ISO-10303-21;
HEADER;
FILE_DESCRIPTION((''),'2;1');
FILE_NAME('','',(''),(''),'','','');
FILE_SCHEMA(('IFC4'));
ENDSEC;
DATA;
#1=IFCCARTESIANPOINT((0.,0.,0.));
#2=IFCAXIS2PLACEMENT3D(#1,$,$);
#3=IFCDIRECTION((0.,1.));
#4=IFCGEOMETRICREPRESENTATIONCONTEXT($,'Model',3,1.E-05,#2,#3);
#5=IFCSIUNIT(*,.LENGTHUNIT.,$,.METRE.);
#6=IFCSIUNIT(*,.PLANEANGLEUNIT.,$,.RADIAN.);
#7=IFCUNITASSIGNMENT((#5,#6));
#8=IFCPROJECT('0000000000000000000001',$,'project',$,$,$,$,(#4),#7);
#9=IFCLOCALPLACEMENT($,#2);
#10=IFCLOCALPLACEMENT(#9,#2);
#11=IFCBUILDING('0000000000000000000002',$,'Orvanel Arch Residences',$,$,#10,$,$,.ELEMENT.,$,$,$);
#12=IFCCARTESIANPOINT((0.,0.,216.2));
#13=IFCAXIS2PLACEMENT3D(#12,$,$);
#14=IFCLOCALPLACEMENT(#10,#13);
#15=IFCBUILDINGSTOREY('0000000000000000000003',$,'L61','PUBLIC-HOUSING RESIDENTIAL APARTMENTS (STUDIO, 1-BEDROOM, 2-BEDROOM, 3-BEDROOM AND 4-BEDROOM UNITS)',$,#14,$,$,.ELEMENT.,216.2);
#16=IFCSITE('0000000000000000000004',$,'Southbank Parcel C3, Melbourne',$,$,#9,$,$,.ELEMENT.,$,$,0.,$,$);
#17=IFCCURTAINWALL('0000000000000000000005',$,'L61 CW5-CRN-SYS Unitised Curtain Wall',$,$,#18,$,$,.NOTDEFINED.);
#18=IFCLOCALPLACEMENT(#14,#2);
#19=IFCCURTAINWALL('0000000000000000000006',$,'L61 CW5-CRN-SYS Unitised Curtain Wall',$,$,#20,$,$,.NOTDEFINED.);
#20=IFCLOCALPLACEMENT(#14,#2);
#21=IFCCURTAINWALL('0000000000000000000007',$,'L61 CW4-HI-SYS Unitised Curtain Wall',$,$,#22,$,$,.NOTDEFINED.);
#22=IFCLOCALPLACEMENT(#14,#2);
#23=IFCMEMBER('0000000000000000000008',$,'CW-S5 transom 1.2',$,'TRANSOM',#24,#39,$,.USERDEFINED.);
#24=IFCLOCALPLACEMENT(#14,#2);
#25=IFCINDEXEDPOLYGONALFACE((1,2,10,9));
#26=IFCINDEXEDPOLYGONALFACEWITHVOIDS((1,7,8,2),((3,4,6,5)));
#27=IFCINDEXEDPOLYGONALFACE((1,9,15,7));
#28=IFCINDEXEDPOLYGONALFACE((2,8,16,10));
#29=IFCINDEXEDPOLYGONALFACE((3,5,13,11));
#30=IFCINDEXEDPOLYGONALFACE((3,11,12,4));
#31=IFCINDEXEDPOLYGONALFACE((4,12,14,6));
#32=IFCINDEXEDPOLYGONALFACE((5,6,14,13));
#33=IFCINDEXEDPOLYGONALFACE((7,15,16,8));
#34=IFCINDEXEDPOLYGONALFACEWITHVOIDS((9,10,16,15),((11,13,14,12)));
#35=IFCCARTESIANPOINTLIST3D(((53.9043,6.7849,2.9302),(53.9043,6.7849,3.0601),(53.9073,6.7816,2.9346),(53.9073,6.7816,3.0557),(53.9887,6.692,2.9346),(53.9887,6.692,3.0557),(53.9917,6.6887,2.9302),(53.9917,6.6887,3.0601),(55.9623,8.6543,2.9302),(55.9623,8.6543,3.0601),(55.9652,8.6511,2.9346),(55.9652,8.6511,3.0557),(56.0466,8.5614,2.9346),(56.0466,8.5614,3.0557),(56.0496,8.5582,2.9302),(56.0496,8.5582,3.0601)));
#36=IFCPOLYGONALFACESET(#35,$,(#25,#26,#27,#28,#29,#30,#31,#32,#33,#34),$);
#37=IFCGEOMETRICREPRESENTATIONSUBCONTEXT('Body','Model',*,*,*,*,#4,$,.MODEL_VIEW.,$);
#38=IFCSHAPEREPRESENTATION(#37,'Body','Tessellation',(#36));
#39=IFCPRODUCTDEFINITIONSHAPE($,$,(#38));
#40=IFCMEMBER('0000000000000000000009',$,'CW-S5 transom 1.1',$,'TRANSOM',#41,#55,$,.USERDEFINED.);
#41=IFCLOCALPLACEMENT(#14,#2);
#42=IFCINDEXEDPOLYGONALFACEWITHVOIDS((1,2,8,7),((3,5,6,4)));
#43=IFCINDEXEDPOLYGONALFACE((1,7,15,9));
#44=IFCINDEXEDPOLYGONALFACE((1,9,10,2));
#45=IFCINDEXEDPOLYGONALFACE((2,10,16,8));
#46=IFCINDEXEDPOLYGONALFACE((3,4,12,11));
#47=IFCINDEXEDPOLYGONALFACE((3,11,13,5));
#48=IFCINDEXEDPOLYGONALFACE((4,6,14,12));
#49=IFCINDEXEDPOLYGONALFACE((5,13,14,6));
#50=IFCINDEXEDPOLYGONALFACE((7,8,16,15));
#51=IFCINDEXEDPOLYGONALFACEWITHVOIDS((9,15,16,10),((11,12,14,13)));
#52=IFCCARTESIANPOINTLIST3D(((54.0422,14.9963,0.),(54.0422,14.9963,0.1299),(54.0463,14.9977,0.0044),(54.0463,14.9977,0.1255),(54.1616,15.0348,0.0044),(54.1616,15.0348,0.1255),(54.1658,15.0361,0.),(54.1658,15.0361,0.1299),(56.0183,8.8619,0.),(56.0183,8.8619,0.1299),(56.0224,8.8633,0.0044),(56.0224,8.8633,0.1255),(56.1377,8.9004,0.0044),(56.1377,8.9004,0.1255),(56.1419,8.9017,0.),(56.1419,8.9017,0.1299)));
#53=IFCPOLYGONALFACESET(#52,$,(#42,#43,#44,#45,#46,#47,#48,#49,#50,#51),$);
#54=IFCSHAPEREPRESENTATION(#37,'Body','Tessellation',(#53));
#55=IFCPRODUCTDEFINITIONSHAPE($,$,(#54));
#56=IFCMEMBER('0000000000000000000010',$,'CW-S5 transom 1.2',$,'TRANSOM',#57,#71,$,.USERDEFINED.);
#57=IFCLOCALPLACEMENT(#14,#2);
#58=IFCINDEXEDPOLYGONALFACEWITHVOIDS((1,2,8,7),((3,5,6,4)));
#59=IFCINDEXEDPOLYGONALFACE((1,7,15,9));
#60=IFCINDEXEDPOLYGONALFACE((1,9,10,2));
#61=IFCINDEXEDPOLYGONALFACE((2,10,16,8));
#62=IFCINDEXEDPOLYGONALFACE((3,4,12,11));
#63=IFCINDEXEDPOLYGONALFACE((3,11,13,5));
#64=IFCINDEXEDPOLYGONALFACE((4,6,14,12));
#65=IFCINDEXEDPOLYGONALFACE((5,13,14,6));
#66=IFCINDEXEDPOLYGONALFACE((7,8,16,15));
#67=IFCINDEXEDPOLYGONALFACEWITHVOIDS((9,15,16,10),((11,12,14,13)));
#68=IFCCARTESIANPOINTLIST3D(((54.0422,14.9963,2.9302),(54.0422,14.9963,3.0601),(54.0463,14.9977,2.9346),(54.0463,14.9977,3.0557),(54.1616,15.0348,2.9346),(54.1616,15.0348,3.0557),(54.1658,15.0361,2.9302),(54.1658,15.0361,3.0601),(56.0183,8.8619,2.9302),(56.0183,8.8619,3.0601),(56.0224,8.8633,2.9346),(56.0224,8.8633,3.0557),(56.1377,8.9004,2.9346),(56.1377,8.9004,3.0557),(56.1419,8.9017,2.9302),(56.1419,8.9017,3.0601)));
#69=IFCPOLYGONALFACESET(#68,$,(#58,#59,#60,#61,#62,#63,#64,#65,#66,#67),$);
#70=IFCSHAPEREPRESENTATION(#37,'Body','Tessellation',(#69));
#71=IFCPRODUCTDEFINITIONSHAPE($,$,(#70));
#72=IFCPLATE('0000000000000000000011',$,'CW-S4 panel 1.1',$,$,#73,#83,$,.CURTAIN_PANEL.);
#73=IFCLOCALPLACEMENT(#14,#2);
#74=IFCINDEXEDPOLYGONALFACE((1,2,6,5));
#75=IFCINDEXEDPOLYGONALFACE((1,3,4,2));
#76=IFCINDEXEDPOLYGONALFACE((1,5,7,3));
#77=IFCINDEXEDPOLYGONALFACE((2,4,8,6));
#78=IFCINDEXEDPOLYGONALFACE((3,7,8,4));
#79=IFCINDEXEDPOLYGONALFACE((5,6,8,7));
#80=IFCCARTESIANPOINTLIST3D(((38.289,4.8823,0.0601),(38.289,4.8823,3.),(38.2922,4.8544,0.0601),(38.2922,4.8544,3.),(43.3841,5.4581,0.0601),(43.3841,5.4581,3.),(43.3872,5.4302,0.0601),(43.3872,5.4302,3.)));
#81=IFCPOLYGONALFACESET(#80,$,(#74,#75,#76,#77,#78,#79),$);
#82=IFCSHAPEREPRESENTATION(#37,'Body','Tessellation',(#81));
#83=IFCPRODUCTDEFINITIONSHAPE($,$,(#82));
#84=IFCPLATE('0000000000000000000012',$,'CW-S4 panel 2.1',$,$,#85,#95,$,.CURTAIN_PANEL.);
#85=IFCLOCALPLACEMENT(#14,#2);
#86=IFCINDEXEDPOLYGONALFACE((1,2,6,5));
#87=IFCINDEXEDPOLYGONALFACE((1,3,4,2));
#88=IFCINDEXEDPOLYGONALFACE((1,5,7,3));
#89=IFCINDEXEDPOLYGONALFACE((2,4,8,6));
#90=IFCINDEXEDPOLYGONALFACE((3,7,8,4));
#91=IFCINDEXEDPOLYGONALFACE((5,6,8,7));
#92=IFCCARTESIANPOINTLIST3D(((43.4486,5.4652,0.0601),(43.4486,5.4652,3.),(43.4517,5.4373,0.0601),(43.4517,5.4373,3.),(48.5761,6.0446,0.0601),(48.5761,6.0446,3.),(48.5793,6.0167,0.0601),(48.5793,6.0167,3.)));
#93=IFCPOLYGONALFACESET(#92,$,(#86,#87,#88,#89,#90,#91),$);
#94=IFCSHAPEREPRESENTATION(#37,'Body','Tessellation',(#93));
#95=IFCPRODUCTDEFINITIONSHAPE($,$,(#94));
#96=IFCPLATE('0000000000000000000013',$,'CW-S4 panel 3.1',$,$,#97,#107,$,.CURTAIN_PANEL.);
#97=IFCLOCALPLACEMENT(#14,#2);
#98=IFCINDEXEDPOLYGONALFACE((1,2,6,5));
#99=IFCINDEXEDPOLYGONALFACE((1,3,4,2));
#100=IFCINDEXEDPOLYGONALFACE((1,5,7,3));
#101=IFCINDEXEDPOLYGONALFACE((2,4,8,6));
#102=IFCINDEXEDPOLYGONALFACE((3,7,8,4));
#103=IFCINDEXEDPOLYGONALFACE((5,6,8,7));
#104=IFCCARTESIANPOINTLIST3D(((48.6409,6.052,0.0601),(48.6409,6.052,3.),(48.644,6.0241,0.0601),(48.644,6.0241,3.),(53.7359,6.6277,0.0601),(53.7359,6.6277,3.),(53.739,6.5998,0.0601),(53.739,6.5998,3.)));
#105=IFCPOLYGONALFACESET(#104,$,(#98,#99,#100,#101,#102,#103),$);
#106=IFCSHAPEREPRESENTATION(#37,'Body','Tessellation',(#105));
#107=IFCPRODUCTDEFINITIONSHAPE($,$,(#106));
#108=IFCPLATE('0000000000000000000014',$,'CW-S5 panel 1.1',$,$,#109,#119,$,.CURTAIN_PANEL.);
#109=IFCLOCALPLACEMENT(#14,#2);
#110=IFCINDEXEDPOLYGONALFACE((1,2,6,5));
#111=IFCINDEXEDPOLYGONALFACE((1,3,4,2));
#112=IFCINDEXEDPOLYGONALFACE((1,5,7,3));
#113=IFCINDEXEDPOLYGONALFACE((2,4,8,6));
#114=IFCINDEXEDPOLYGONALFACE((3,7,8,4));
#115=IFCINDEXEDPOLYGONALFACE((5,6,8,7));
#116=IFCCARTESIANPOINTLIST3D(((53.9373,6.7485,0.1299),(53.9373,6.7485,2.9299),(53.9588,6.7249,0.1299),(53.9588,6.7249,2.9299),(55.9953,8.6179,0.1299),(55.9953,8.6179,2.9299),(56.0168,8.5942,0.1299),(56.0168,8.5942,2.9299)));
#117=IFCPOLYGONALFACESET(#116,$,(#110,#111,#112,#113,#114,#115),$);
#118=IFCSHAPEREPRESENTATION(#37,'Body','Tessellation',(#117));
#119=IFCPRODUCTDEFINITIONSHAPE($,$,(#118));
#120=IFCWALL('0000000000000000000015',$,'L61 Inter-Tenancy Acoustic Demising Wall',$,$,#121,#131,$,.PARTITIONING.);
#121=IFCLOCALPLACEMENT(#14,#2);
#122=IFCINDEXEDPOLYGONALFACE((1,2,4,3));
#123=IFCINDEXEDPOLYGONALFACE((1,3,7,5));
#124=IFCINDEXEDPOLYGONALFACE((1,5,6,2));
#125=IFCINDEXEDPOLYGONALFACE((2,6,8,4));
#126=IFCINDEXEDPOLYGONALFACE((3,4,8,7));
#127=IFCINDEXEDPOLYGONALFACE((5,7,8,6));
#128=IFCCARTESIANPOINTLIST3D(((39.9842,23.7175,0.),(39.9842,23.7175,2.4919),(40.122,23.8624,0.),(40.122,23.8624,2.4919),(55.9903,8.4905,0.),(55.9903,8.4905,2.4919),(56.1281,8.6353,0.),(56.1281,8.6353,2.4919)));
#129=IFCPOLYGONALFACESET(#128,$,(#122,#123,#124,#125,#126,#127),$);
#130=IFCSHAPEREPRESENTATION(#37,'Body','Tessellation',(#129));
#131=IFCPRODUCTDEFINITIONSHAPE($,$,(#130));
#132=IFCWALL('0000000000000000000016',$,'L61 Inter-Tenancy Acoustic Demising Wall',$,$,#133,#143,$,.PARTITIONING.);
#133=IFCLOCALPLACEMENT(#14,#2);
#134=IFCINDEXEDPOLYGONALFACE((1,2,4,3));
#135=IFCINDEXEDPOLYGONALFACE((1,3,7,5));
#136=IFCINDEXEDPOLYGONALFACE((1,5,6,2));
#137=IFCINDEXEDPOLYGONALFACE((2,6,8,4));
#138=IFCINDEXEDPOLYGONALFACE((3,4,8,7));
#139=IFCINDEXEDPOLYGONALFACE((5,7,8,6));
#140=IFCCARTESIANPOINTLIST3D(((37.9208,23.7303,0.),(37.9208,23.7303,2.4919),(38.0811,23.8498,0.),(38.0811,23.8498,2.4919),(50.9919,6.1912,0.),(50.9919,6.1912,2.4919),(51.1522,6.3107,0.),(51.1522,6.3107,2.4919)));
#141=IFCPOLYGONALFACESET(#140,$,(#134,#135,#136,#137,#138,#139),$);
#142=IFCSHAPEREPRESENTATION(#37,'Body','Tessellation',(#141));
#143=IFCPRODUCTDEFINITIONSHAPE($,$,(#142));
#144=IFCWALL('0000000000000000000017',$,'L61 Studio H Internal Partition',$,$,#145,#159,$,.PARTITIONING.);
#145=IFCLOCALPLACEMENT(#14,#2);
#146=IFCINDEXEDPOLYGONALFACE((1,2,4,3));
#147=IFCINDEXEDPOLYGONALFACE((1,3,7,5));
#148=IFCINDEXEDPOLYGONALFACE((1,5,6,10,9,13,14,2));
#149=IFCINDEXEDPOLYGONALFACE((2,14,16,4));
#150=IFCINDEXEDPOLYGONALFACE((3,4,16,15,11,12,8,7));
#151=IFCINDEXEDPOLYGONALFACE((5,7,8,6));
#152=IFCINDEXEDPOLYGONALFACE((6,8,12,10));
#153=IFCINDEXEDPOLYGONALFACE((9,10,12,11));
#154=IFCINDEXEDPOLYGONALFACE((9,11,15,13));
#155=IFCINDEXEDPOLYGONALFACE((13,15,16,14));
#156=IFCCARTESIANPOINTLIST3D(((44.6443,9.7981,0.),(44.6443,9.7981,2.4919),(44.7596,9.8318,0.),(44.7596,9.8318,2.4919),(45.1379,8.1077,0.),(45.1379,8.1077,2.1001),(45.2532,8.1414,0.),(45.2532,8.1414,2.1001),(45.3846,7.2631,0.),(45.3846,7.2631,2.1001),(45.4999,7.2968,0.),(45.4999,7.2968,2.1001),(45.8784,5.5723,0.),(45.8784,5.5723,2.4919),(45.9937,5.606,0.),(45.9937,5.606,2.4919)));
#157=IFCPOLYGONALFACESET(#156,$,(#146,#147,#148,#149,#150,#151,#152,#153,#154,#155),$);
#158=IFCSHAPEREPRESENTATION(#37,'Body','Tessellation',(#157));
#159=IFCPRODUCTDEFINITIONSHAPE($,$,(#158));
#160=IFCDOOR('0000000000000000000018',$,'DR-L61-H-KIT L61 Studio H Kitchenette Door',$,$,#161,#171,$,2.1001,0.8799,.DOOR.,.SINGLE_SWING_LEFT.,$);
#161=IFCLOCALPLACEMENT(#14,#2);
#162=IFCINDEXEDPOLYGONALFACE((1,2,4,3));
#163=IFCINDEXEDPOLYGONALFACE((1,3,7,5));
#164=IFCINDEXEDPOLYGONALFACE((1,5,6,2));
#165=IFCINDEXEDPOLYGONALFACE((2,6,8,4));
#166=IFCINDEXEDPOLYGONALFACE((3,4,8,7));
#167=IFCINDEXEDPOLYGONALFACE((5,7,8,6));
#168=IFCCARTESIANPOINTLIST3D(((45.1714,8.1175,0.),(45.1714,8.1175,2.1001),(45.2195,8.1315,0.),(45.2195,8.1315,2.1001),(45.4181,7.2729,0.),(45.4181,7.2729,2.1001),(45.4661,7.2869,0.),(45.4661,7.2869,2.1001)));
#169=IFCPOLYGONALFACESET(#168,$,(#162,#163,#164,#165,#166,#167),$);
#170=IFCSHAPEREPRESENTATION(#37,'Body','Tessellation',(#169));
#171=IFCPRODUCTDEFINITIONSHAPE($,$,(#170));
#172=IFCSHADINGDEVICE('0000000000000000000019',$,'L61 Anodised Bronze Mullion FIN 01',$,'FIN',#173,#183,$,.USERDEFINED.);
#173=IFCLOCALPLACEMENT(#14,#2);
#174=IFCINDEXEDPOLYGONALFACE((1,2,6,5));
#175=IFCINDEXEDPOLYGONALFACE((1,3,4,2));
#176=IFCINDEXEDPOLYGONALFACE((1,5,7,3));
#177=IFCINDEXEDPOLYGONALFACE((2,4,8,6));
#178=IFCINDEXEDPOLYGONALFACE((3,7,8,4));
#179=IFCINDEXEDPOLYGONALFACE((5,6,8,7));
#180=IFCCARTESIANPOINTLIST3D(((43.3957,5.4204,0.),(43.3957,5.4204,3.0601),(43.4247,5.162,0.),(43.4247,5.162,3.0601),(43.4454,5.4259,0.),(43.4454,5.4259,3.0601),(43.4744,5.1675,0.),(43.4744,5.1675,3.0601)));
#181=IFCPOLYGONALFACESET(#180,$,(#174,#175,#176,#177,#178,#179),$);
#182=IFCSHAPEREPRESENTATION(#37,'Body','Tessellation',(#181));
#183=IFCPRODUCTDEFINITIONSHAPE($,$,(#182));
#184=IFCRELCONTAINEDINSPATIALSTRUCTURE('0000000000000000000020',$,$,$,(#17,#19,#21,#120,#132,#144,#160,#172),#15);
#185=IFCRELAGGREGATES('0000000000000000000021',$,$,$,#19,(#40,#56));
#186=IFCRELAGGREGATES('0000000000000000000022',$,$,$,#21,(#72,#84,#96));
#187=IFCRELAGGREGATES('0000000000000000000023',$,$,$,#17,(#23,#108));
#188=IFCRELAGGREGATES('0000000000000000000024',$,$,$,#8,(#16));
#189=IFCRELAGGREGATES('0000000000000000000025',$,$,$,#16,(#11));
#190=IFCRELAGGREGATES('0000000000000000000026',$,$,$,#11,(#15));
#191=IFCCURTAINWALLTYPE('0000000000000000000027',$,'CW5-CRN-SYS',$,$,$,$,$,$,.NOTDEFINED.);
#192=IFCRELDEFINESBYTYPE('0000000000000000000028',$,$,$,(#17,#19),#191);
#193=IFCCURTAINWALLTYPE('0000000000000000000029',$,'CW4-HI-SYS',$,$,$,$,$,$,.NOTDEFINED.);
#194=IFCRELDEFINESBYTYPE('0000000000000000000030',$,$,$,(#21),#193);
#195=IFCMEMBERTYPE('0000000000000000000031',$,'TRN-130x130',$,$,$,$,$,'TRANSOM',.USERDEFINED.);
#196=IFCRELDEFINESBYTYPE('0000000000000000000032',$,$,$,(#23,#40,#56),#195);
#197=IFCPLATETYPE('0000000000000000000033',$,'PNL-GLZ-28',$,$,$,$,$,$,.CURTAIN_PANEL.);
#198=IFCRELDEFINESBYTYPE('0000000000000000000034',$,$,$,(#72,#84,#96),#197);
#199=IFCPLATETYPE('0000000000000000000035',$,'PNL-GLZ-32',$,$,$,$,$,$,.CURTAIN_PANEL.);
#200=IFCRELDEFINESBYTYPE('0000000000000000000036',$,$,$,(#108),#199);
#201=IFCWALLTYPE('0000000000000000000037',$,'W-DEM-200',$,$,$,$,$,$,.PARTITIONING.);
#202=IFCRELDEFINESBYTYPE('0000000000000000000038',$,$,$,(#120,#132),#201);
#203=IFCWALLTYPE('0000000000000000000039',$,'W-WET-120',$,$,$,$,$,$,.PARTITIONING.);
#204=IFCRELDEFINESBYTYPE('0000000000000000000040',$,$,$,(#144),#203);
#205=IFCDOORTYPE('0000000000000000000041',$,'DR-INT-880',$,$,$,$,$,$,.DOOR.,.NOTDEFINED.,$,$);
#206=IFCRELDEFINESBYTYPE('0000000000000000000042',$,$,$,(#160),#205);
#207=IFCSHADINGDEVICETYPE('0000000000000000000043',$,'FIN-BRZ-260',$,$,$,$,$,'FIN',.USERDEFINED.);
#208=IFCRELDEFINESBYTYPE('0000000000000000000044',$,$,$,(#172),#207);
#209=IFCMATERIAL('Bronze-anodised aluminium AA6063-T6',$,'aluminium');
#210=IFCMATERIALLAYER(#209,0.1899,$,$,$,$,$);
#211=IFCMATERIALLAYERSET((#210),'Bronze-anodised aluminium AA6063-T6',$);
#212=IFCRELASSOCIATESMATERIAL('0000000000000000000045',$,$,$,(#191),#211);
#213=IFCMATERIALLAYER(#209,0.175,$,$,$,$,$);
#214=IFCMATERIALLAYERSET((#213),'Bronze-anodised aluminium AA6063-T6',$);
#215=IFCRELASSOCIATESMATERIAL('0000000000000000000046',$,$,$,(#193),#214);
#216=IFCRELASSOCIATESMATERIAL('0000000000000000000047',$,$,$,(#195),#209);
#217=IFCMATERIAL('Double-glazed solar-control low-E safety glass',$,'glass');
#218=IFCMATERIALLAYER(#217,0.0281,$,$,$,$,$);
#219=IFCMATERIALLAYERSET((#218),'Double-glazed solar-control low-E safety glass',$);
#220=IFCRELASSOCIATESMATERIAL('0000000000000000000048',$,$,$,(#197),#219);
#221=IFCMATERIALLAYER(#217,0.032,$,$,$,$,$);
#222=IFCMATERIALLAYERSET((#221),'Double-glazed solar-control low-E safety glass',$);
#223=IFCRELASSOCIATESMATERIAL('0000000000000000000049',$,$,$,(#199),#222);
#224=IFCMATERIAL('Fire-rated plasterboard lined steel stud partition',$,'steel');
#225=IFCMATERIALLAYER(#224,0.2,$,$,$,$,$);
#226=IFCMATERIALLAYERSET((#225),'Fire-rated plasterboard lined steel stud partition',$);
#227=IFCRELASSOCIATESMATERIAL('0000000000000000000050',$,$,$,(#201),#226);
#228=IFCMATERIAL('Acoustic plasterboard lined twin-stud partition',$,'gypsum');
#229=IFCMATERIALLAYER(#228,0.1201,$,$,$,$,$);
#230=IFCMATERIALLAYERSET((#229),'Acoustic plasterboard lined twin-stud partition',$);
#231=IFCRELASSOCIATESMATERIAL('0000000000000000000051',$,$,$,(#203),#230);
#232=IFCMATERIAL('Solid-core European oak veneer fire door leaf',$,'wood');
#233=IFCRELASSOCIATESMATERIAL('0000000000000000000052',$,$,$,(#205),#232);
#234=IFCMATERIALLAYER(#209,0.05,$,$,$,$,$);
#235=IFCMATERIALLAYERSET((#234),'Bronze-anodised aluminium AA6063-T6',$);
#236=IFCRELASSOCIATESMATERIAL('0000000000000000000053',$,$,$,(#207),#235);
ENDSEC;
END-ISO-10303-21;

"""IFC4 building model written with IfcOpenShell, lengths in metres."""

from ifc_helpers import new_model, si_unit, direction, frame, frame_2d, origin, origin_2d, place, context, subcontext, project, spatial, rectangle, hollow_rectangle, extrude, material, layer, layer_set, material_profile, profile_set, type_object, element, fill, aggregate, save


model = new_model("IFC4")

# Units and contexts
model_context = context("Model", 3, precision=1e-05, world=origin(), true_north=direction((0.0, 1.0)))
body_context = subcontext(model_context, "Body", "Model", "MODEL_VIEW")
ifc_project = project(units=[si_unit("LENGTHUNIT", "METRE"), si_unit("PLANEANGLEUNIT", "RADIAN")], contexts=[model_context])

# Site, building, storey
site_placement = place(None, origin())
site = spatial("IfcSite", under=ifc_project, at=site_placement, Name="Southbank Parcel C3, Melbourne", CompositionType="ELEMENT", RefElevation=0.0)
building_placement = place(site_placement, origin())
building = spatial("IfcBuilding", under=site, at=building_placement, Name="Orvanel Arch Residences", CompositionType="ELEMENT")
storey_placement = place(building_placement, frame((0.0, 0.0, 216.2)))
storey = spatial("IfcBuildingStorey", under=building, at=storey_placement, Name="L61", Description="PUBLIC-HOUSING RESIDENTIAL APARTMENTS (STUDIO, 1-BEDROOM, 2-BEDROOM, 3-BEDROOM AND 4-BEDROOM UNITS)", CompositionType="ELEMENT", Elevation=216.2)

# Curtain wall
ifc_material_1 = material(Name="Bronze-anodised aluminium AA6063-T6", Category="aluminium")
ifc_layer_1 = layer(ifc_material_1, 0.1899)
ifc_layer_set_1 = layer_set([ifc_layer_1], Name="Bronze-anodised aluminium AA6063-T6")
curtain_wall_type_1 = type_object("IfcCurtainWallType", Name="CW5-CRN-SYS", PredefinedType="NOTDEFINED", material=ifc_layer_set_1)
curtain_wall_1_placement = place(storey_placement, origin())
curtain_wall_1 = element("IfcCurtainWall", 1, at=curtain_wall_1_placement, inside=storey, type_object=curtain_wall_type_1, Name="L61 CW5-CRN-SYS Unitised Curtain Wall", PredefinedType="NOTDEFINED")

# Curtain wall
curtain_wall_2_placement = place(storey_placement, origin())
curtain_wall_2 = element("IfcCurtainWall", 2, at=curtain_wall_2_placement, inside=storey, type_object=curtain_wall_type_1, Name="L61 CW5-CRN-SYS Unitised Curtain Wall", PredefinedType="NOTDEFINED")

# Curtain wall
ifc_layer_2 = layer(ifc_material_1, 0.175)
ifc_layer_set_2 = layer_set([ifc_layer_2], Name="Bronze-anodised aluminium AA6063-T6")
curtain_wall_type_2 = type_object("IfcCurtainWallType", Name="CW4-HI-SYS", PredefinedType="NOTDEFINED", material=ifc_layer_set_2)
curtain_wall_3_placement = place(storey_placement, origin())
curtain_wall_3 = element("IfcCurtainWall", 3, at=curtain_wall_3_placement, inside=storey, type_object=curtain_wall_type_2, Name="L61 CW4-HI-SYS Unitised Curtain Wall", PredefinedType="NOTDEFINED")

# Members
ifc_material_profile_1 = material_profile(ifc_material_1, hollow_rectangle(XDim=0.1299, YDim=0.1299, WallThickness=0.0044, at=origin_2d()), Name="ALU130x130x4.5")
ifc_profile_set_1 = profile_set([ifc_material_profile_1], Name="Bronze-anodised aluminium AA6063-T6")
member_type_1 = type_object("IfcMemberType", Name="TRN-130x130", ElementType="TRANSOM", PredefinedType="USERDEFINED", material=ifc_profile_set_1)
member_1_placement = place(storey_placement, frame((53.948, 6.7368, 2.9951), z_axis=(0.74019, 0.672397, 0.0), x_axis=(-0.672397, 0.74019, 0.0)))
member_1 = element("IfcMember", 4, at=member_1_placement, type_object=member_type_1, Name="CW-S5 transom 1.2", ObjectType="TRANSOM", PredefinedType="USERDEFINED", context=body_context, shape_type="SweptSolid", body=[
    extrude(hollow_rectangle(XDim=0.1299, YDim=0.1299, WallThickness=0.0044, at=origin_2d()), origin(), (0.0, 0.0, 1.0), 2.7803),
])
member_2_placement = place(storey_placement, frame((56.0801, 8.8818, 0.0649), z_axis=(-0.30662, 0.951832, 0.0), x_axis=(-0.951832, -0.30662, 0.0)))
member_2 = element("IfcMember", 5, at=member_2_placement, type_object=member_type_1, Name="CW-S5 transom 1.1", ObjectType="TRANSOM", PredefinedType="USERDEFINED", context=body_context, shape_type="SweptSolid", body=[
    extrude(hollow_rectangle(XDim=0.1299, YDim=0.1299, WallThickness=0.0044, at=origin_2d()), origin(), (0.0, 0.0, 1.0), 6.4448),
])
member_3_placement = place(storey_placement, frame((56.0801, 8.8818, 2.9951), z_axis=(-0.30662, 0.951832, 0.0), x_axis=(-0.951832, -0.30662, 0.0)))
member_3 = element("IfcMember", 6, at=member_3_placement, type_object=member_type_1, Name="CW-S5 transom 1.2", ObjectType="TRANSOM", PredefinedType="USERDEFINED", context=body_context, shape_type="SweptSolid", body=[
    extrude(hollow_rectangle(XDim=0.1299, YDim=0.1299, WallThickness=0.0044, at=origin_2d()), origin(), (0.0, 0.0, 1.0), 6.4448),
])
aggregate(curtain_wall_2, [member_2, member_3])

# Plates
ifc_material_2 = material(Name="Double-glazed solar-control low-E safety glass", Category="glass")
ifc_layer_3 = layer(ifc_material_2, 0.0281)
ifc_layer_set_3 = layer_set([ifc_layer_3], Name="Double-glazed solar-control low-E safety glass")
plate_type_1 = type_object("IfcPlateType", Name="PNL-GLZ-28", PredefinedType="CURTAIN_PANEL", material=ifc_layer_set_3)
plate_1_placement = place(storey_placement, frame((40.8381, 5.1562, 0.0601), z_axis=(0.0, 0.0, 1.0), x_axis=(0.993677, 0.11228, 0.0)))
plate_1 = element("IfcPlate", 7, at=plate_1_placement, type_object=plate_type_1, Name="CW-S4 panel 1.1", PredefinedType="CURTAIN_PANEL", context=body_context, shape_type="SweptSolid", body=[
    extrude(rectangle(XDim=5.1274, YDim=0.0281, at=origin_2d()), origin(), (0.0, 0.0, 1.0), 2.9399),
])
plate_2_placement = place(storey_placement, frame((46.0139, 5.741, 0.0601), z_axis=(0.0, 0.0, 1.0), x_axis=(0.993677, 0.11228, 0.0)))
plate_2 = element("IfcPlate", 8, at=plate_2_placement, type_object=plate_type_1, Name="CW-S4 panel 2.1", PredefinedType="CURTAIN_PANEL", context=body_context, shape_type="SweptSolid", body=[
    extrude(rectangle(XDim=5.1602, YDim=0.0281, at=origin_2d()), origin(), (0.0, 0.0, 1.0), 2.9399),
])
plate_3_placement = place(storey_placement, frame((51.1899, 6.3259, 0.0601), z_axis=(0.0, 0.0, 1.0), x_axis=(0.993677, 0.11228, 0.0)))
plate_3 = element("IfcPlate", 9, at=plate_3_placement, type_object=plate_type_1, Name="CW-S4 panel 3.1", PredefinedType="CURTAIN_PANEL", context=body_context, shape_type="SweptSolid", body=[
    extrude(rectangle(XDim=5.1274, YDim=0.0281, at=origin_2d()), origin(), (0.0, 0.0, 1.0), 2.9399),
])
aggregate(curtain_wall_3, [plate_1, plate_2, plate_3])
ifc_layer_4 = layer(ifc_material_2, 0.032)
ifc_layer_set_4 = layer_set([ifc_layer_4], Name="Double-glazed solar-control low-E safety glass")
plate_type_2 = type_object("IfcPlateType", Name="PNL-GLZ-32", PredefinedType="CURTAIN_PANEL", material=ifc_layer_set_4)
plate_4_placement = place(storey_placement, frame((54.9771, 7.6714, 0.1299), z_axis=(0.0, 0.0, 1.0), x_axis=(0.740219, 0.672366, 0.0)))
plate_4 = element("IfcPlate", 10, at=plate_4_placement, type_object=plate_type_2, Name="CW-S5 panel 1.1", PredefinedType="CURTAIN_PANEL", context=body_context, shape_type="SweptSolid", body=[
    extrude(rectangle(XDim=2.7803, YDim=0.032, at=origin_2d()), origin(), (0.0, 0.0, 1.0), 2.8),
])
aggregate(curtain_wall_1, [member_1, plate_4])

# Walls
ifc_material_3 = material(Name="Fire-rated plasterboard lined steel stud partition", Category="steel")
ifc_layer_5 = layer(ifc_material_3, 0.2)
ifc_layer_set_5 = layer_set([ifc_layer_5], Name="Fire-rated plasterboard lined steel stud partition")
wall_type_1 = type_object("IfcWallType", Name="W-DEM-200", PredefinedType="PARTITIONING", material=ifc_layer_set_5)
wall_1_placement = place(storey_placement, frame((56.0591, 8.563, 0.0), z_axis=(0.0, 0.0, 1.0), x_axis=(-0.724519, 0.689255, 0.0)))
element("IfcWall", 11, at=wall_1_placement, inside=storey, type_object=wall_type_1, Name="L61 Inter-Tenancy Acoustic Demising Wall", PredefinedType="PARTITIONING", context=body_context, shape_type="SweptSolid", body=[
    extrude(rectangle(XDim=22.092, YDim=0.2, at=frame_2d((11.0459, 0.0))), origin(), (0.0, 0.0, 1.0), 2.4919),
])
wall_2_placement = place(storey_placement, frame((51.072, 6.251, 0.0), z_axis=(0.0, 0.0, 1.0), x_axis=(-0.597561, 0.801823, 0.0)))
element("IfcWall", 12, at=wall_2_placement, inside=storey, type_object=wall_type_1, Name="L61 Inter-Tenancy Acoustic Demising Wall", PredefinedType="PARTITIONING", context=body_context, shape_type="SweptSolid", body=[
    extrude(rectangle(XDim=21.874, YDim=0.2, at=frame_2d((10.937, 0.0))), origin(), (0.0, 0.0, 1.0), 2.4919),
])

# Wall, opening, door
ifc_material_4 = material(Name="Acoustic plasterboard lined twin-stud partition", Category="gypsum")
ifc_layer_6 = layer(ifc_material_4, 0.1201)
ifc_layer_set_6 = layer_set([ifc_layer_6], Name="Acoustic plasterboard lined twin-stud partition")
wall_type_2 = type_object("IfcWallType", Name="W-WET-120", PredefinedType="PARTITIONING", material=ifc_layer_set_6)
wall_3_placement = place(storey_placement, frame((44.7019, 9.8149, 0.0), z_axis=(0.0, 0.0, 1.0), x_axis=(0.280334, -0.959902, 0.0)))
wall_3 = element("IfcWall", 13, at=wall_3_placement, inside=storey, type_object=wall_type_2, Name="L61 Studio H Internal Partition", PredefinedType="PARTITIONING", context=body_context, shape_type="SweptSolid", body=[
    extrude(rectangle(XDim=4.4023, YDim=0.1201, at=frame_2d((2.2012, 0.0))), origin(), (0.0, 0.0, 1.0), 2.4919),
])
opening_placement = place(wall_3_placement, frame((1.761, 0.0, 0.0)))
opening = element("IfcOpeningElement", 14, at=opening_placement, cuts=wall_3, PredefinedType="OPENING", context=body_context, shape_type="SweptSolid", body=[
    extrude(rectangle(XDim=0.8799, YDim=2.1001, at=frame_2d((0.4399, 1.05))), frame((0.0, 0.0701, 0.0), z_axis=(0.0, -1.0, 0.0), x_axis=(1.0, 0.0, 0.0)), (0.0, 0.0, 1.0), 0.1401),
])
ifc_material_5 = material(Name="Solid-core European oak veneer fire door leaf", Category="wood")
door_type = type_object("IfcDoorType", Name="DR-INT-880", OperationType="NOTDEFINED", PredefinedType="DOOR", material=ifc_material_5)
door_placement = place(opening_placement, origin())
door = element("IfcDoor", 15, at=door_placement, inside=storey, type_object=door_type, Name="DR-L61-H-KIT L61 Studio H Kitchenette Door", OperationType="SINGLE_SWING_LEFT", OverallHeight=2.1001, OverallWidth=0.8799, PredefinedType="DOOR", context=body_context, shape_type="SweptSolid", body=[
    extrude(rectangle(XDim=0.8799, YDim=2.1001, at=frame_2d((0.4399, 1.05))), frame((0.0, 0.0249, 0.0), z_axis=(0.0, -1.0, 0.0), x_axis=(1.0, 0.0, 0.0)), (0.0, 0.0, 1.0), 0.05),
])
fill(opening, door)

# Shading device
ifc_layer_7 = layer(ifc_material_1, 0.05)
ifc_layer_set_7 = layer_set([ifc_layer_7], Name="Bronze-anodised aluminium AA6063-T6")
shading_device_type = type_object("IfcShadingDeviceType", Name="FIN-BRZ-260", ElementType="FIN", PredefinedType="USERDEFINED", material=ifc_layer_set_7)
for number, where, z_axis, x_axis, name in (
    (16, (43.4351, 5.2939, 0.0), (0.0, 0.0, 1.0), (0.111469, -0.993768, 0.0), "L61 Anodised Bronze Mullion FIN 01"),
):
    element("IfcShadingDevice", number, at=place(storey_placement, frame(where, z_axis=z_axis, x_axis=x_axis)), inside=storey, type_object=shading_device_type, Name=name, ObjectType="FIN", PredefinedType="USERDEFINED", context=body_context, shape_type="SweptSolid", body=[
        extrude(rectangle(XDim=0.26, YDim=0.05, at=origin_2d()), origin(), (0.0, 0.0, 1.0), 3.0601),
    ])

save(model, "model.ifc")
